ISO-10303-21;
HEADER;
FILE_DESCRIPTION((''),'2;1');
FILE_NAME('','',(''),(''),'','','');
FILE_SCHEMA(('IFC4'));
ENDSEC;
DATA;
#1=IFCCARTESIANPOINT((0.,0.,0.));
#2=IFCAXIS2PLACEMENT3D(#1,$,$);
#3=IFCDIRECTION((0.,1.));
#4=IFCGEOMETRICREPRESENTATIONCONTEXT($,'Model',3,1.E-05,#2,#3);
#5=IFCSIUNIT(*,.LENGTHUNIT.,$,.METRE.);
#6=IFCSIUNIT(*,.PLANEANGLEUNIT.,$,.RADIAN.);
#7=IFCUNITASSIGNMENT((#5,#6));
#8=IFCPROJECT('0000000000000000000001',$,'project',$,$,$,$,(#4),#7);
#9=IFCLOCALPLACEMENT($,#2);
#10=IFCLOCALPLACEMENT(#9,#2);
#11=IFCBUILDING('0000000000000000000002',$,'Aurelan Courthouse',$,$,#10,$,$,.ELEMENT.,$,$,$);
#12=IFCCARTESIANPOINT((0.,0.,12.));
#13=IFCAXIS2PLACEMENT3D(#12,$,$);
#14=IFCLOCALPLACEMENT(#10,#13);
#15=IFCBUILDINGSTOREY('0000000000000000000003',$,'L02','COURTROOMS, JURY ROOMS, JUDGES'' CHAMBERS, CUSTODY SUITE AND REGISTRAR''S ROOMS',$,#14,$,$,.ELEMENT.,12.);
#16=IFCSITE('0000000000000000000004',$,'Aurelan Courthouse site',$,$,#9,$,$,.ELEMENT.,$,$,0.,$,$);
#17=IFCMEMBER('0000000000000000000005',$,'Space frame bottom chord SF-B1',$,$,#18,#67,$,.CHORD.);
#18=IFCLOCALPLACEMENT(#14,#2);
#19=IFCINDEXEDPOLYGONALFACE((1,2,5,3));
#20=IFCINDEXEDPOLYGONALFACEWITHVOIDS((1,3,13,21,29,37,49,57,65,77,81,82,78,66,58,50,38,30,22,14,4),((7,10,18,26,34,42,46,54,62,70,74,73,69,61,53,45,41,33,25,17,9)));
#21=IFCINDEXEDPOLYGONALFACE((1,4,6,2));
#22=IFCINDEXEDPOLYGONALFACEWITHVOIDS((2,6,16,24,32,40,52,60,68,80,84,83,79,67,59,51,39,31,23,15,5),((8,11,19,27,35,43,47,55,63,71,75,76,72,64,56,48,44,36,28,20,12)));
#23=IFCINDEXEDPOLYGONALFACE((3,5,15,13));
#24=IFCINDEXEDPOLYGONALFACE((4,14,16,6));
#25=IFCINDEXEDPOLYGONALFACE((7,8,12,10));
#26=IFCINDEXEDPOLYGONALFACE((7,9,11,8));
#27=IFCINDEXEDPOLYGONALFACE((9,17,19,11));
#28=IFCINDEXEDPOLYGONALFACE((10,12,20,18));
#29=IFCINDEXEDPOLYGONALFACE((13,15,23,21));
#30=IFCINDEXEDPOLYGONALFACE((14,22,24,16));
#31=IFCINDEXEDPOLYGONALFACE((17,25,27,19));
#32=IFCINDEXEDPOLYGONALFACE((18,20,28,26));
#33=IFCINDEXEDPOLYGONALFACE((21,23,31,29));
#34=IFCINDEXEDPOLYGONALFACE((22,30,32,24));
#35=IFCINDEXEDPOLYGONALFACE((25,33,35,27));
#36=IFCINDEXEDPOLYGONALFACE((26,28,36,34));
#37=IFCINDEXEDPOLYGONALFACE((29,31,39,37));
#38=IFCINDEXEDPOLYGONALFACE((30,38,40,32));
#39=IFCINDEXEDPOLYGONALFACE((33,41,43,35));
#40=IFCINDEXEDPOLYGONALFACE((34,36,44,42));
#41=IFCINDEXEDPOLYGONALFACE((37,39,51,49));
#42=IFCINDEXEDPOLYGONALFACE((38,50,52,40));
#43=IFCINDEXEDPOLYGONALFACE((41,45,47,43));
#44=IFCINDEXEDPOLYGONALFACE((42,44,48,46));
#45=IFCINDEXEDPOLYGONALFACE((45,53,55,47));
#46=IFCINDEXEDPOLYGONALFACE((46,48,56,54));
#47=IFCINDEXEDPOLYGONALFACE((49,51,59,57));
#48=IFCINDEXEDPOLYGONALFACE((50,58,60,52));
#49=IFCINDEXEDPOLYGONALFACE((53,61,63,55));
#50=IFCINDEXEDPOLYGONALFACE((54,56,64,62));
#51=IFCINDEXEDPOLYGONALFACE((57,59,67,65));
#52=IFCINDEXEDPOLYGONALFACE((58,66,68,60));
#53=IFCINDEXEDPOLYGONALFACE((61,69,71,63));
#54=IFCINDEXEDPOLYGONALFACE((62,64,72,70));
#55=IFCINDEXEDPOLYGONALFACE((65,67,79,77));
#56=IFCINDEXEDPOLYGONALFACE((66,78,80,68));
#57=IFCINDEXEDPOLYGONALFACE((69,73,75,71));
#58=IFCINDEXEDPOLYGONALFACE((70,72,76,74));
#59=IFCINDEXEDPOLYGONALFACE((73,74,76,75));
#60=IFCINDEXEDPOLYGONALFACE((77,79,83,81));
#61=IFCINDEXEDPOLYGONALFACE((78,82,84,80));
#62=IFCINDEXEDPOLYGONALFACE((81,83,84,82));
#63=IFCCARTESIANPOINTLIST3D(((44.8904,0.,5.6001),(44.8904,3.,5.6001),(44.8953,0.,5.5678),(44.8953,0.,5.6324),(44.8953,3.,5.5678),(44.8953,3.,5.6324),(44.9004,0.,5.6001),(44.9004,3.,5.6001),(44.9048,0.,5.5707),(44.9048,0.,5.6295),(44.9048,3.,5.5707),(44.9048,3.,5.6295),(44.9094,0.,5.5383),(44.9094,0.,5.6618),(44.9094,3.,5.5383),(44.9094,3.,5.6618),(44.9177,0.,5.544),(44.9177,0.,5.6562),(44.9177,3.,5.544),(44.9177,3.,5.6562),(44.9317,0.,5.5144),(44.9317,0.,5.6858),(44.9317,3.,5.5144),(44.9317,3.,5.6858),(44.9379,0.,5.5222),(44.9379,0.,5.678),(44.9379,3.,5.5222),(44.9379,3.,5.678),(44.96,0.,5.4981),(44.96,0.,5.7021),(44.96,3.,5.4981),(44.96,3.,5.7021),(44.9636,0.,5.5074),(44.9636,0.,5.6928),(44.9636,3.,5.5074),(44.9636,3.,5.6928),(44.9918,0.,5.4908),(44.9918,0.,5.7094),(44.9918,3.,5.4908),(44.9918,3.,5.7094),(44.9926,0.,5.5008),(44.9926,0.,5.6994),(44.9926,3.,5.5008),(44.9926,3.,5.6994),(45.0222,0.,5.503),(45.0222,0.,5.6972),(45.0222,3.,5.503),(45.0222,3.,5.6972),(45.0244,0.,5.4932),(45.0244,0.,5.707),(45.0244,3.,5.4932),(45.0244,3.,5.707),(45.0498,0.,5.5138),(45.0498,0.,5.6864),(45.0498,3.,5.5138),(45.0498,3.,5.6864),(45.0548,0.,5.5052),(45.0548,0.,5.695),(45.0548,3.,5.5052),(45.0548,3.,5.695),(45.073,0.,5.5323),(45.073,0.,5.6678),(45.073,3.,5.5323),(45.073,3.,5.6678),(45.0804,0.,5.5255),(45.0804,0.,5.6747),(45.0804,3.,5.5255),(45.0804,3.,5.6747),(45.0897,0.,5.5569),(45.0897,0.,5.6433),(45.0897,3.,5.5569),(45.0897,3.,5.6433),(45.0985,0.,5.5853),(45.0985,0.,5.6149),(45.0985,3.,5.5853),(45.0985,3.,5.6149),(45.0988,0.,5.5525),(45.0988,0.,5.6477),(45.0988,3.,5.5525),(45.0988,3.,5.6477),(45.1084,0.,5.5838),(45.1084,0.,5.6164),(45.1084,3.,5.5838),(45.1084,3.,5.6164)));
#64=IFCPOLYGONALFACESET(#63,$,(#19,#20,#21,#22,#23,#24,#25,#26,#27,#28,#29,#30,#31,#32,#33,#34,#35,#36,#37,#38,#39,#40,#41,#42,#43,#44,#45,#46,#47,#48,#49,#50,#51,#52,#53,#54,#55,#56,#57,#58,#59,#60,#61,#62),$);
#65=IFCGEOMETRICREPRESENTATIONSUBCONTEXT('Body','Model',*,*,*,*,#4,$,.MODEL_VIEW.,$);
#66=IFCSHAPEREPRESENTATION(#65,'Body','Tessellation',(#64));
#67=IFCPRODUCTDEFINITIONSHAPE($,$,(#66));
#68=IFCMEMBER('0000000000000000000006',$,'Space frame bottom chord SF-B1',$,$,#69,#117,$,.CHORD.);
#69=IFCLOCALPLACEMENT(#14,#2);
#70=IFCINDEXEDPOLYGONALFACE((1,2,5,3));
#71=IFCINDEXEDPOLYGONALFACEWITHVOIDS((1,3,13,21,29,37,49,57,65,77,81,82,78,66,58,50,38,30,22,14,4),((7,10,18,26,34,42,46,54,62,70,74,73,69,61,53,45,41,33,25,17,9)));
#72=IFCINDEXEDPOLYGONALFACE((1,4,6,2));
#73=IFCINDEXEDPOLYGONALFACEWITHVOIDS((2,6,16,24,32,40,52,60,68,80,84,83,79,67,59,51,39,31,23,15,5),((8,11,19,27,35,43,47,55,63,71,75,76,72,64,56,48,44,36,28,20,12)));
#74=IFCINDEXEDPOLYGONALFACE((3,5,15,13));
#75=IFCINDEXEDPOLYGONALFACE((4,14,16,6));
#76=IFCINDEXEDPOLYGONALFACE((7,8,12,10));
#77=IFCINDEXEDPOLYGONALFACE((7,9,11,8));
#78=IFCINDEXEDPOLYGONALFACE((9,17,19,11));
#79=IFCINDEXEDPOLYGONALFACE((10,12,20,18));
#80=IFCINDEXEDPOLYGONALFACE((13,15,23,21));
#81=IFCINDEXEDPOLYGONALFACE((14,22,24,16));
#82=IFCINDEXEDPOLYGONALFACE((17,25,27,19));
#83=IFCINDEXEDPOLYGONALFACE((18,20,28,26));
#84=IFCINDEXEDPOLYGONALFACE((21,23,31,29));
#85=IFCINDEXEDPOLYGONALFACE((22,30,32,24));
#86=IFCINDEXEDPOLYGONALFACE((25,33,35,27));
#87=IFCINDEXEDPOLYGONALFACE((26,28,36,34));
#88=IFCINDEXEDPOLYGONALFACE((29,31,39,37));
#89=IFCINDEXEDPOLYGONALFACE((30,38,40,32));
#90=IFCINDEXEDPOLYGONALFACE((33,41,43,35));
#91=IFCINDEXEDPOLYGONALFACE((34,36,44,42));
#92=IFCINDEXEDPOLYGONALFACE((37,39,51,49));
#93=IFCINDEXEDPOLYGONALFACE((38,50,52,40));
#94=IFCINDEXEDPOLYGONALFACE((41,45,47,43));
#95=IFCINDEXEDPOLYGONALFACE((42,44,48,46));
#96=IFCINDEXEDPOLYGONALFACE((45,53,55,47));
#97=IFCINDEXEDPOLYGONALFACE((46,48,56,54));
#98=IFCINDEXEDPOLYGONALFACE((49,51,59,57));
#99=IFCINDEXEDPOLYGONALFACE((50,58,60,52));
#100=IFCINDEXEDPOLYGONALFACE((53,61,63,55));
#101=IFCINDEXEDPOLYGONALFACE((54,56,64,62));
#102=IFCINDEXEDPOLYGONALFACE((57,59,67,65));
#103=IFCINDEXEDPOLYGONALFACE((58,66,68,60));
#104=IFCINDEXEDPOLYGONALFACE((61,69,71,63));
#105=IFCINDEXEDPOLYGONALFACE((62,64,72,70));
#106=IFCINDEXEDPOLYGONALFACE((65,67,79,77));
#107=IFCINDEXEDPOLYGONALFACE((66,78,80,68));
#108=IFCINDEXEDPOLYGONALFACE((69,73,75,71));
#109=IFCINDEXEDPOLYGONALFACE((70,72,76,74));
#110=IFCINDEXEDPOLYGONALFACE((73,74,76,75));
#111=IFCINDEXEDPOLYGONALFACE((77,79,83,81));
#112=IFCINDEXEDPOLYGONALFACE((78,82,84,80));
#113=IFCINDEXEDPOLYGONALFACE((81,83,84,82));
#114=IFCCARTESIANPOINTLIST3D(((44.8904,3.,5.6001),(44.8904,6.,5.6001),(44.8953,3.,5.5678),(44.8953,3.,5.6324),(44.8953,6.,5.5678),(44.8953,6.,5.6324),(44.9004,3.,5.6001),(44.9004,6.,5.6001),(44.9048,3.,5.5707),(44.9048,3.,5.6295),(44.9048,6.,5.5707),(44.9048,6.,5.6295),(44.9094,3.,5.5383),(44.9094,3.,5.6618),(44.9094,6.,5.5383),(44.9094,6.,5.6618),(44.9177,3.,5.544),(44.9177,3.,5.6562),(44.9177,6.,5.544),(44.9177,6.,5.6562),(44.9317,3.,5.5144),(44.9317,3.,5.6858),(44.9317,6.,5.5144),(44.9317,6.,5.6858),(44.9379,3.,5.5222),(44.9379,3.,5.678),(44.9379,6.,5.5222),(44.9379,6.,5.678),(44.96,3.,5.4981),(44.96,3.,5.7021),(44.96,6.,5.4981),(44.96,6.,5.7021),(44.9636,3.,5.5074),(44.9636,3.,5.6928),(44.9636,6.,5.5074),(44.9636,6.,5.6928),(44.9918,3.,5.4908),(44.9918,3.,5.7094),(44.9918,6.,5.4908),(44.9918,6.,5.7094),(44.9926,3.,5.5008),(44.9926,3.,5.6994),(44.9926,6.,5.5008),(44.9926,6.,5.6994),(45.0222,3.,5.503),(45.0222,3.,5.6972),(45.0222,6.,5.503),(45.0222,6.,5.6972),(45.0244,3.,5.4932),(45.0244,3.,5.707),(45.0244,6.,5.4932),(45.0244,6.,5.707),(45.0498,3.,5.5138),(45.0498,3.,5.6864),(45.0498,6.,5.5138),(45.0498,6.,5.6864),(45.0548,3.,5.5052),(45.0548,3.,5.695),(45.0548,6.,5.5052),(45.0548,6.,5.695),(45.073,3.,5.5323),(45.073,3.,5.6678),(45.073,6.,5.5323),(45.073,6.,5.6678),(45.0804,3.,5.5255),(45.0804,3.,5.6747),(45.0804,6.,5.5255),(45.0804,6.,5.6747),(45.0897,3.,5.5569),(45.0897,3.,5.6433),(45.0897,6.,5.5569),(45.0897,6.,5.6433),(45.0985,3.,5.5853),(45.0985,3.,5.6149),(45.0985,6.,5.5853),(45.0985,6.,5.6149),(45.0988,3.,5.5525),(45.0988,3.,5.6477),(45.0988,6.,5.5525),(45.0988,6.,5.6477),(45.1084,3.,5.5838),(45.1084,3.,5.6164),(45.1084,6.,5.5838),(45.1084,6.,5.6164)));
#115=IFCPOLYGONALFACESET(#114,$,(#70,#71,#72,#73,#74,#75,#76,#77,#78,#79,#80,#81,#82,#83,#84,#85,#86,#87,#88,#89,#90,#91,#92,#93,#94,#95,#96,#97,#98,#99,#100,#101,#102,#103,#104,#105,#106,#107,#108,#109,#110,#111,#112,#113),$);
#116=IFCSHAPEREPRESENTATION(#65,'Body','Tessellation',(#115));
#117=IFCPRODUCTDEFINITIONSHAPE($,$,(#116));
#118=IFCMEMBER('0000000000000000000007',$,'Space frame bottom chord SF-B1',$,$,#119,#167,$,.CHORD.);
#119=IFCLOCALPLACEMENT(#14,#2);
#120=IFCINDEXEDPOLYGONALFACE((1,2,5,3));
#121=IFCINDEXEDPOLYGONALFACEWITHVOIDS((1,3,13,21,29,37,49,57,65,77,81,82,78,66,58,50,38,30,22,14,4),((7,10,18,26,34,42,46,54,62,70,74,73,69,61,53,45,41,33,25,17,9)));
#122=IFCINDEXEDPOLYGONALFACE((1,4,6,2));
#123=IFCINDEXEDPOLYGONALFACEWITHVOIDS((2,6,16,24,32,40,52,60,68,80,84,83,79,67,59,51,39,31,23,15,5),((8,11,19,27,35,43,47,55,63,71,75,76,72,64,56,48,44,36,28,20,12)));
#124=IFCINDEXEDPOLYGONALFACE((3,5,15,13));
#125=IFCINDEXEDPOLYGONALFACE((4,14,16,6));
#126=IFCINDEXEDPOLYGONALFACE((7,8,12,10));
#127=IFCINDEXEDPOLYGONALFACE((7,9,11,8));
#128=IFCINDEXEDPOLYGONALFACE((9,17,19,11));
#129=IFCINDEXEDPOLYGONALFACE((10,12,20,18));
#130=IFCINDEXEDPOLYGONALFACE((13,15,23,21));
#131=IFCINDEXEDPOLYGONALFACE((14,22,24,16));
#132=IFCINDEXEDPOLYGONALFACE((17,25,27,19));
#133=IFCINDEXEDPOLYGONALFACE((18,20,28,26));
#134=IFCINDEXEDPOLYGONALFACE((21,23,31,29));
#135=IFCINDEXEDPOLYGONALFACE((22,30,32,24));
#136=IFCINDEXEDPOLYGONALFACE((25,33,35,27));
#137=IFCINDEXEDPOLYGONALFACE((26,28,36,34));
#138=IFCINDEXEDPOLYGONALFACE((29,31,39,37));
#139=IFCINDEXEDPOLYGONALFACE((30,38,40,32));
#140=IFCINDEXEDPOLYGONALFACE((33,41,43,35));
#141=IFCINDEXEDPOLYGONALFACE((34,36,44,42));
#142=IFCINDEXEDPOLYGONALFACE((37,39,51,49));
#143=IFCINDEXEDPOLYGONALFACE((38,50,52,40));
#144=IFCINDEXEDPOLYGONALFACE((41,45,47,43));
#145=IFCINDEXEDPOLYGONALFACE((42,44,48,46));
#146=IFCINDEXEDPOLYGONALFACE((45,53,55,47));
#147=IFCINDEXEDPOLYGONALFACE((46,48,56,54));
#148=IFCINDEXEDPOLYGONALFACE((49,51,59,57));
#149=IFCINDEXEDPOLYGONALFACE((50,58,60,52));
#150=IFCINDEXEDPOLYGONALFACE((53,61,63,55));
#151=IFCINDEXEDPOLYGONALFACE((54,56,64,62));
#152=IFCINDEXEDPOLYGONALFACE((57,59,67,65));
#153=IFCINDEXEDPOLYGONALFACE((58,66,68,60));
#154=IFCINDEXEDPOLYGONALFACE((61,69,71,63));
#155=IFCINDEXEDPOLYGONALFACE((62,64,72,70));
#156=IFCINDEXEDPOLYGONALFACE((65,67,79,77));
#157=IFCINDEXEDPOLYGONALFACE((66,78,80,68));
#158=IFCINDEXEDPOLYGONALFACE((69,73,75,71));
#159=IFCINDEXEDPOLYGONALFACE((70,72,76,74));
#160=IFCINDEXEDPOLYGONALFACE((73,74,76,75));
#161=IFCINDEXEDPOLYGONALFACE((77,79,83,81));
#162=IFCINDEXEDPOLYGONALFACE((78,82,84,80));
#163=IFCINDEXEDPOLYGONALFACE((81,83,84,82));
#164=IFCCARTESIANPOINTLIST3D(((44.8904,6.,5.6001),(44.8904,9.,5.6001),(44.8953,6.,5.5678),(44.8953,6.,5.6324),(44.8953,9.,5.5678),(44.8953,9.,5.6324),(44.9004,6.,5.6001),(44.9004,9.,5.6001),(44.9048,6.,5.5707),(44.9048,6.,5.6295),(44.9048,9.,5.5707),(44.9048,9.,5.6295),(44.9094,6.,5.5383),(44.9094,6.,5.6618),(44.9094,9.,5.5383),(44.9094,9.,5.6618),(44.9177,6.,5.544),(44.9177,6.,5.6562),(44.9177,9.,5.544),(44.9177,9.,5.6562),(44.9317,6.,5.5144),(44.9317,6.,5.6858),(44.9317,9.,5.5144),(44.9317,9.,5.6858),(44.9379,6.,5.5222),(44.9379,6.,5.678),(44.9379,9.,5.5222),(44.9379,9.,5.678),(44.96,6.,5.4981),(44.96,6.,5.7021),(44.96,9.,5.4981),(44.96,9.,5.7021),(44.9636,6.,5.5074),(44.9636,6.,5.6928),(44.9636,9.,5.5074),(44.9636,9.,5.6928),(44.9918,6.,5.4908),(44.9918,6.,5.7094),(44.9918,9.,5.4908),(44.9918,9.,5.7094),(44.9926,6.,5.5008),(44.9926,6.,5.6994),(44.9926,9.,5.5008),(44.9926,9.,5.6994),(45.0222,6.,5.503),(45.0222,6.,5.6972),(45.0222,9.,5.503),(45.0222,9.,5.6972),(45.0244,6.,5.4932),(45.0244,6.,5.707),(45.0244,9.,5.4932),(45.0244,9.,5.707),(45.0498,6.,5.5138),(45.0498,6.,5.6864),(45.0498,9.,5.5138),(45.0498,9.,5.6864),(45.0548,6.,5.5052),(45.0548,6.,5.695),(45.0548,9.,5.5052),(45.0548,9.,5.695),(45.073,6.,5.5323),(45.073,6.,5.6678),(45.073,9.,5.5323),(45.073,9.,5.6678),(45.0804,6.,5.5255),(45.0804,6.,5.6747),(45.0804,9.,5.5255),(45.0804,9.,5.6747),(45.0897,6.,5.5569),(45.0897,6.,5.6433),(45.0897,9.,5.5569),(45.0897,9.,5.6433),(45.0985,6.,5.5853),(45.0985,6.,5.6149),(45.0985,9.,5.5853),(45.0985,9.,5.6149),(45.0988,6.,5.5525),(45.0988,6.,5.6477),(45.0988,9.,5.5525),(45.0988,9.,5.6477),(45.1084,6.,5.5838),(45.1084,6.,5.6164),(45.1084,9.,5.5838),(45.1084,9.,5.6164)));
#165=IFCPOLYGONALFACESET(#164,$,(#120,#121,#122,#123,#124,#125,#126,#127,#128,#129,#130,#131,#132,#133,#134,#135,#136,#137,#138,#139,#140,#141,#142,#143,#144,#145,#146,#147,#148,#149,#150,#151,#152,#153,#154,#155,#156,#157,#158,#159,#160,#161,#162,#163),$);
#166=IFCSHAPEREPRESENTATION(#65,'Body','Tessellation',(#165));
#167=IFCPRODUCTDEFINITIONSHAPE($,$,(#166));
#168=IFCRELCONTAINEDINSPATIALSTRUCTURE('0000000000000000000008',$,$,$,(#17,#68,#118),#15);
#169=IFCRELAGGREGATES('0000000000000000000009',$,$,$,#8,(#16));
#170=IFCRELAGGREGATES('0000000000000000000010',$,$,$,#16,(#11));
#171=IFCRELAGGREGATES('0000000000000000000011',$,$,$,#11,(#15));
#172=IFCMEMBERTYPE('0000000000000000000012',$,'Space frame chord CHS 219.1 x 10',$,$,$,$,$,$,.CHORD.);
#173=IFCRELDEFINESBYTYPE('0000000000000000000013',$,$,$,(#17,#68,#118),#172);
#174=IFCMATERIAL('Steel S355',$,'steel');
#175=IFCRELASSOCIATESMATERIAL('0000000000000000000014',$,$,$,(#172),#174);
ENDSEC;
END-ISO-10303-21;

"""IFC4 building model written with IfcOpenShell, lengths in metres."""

from ifc_helpers import new_model, si_unit, direction, frame, origin, origin_2d, place, context, subcontext, project, spatial, hollow_circle, extrude, material, material_profile, profile_set, type_object, element, save


model = new_model("IFC4")

# Units and contexts
model_context = context("Model", 3, precision=1e-05, world=origin(), true_north=direction((0.0, 1.0)))
body_context = subcontext(model_context, "Body", "Model", "MODEL_VIEW")
ifc_project = project(units=[si_unit("LENGTHUNIT", "METRE"), si_unit("PLANEANGLEUNIT", "RADIAN")], contexts=[model_context])

# Site, building, storey
site_placement = place(None, origin())
site = spatial("IfcSite", under=ifc_project, at=site_placement, Name="Aurelan Courthouse site", CompositionType="ELEMENT", RefElevation=0.0)
building_placement = place(site_placement, origin())
building = spatial("IfcBuilding", under=site, at=building_placement, Name="Aurelan Courthouse", CompositionType="ELEMENT")
storey_placement = place(building_placement, frame((0.0, 0.0, 12.0)))
storey = spatial("IfcBuildingStorey", under=building, at=storey_placement, Name="L02", Description="COURTROOMS, JURY ROOMS, JUDGES' CHAMBERS, CUSTODY SUITE AND REGISTRAR'S ROOMS", CompositionType="ELEMENT", Elevation=12.0)

# Members
ifc_material_1 = material(Name="Steel S355", Category="steel")
ifc_material_profile_1 = material_profile(ifc_material_1, hollow_circle(Radius=0.1096, WallThickness=0.01, at=origin_2d()), Name="CHS 219.1 x 10")
ifc_profile_set_1 = profile_set([ifc_material_profile_1], Name="Steel S355")
member_type_1 = type_object("IfcMemberType", Name="Space frame chord CHS 219.1 x 10", PredefinedType="CHORD", material=ifc_profile_set_1)
for number, where, z_axis, x_axis, name in (
    (1, (45.0, 0.0, 5.6001), (0.0, 1.0, 0.0), (-1.0, 0.0, 0.0), "Space frame bottom chord SF-B1"),
    (2, (45.0, 3.0, 5.6001), (0.0, 1.0, 0.0), (-1.0, 0.0, 0.0), "Space frame bottom chord SF-B1"),
    (3, (45.0, 6.0, 5.6001), (0.0, 1.0, 0.0), (-1.0, 0.0, 0.0), "Space frame bottom chord SF-B1"),
):
    element("IfcMember", number, at=place(storey_placement, frame(where, z_axis=z_axis, x_axis=x_axis)), inside=storey, type_object=member_type_1, Name=name, PredefinedType="CHORD", context=body_context, shape_type="SweptSolid", body=[
        extrude(hollow_circle(Radius=0.1096, WallThickness=0.01, at=origin_2d()), origin(), (0.0, 0.0, 1.0), 3.0),
    ])

save(model, "model.ifc")
